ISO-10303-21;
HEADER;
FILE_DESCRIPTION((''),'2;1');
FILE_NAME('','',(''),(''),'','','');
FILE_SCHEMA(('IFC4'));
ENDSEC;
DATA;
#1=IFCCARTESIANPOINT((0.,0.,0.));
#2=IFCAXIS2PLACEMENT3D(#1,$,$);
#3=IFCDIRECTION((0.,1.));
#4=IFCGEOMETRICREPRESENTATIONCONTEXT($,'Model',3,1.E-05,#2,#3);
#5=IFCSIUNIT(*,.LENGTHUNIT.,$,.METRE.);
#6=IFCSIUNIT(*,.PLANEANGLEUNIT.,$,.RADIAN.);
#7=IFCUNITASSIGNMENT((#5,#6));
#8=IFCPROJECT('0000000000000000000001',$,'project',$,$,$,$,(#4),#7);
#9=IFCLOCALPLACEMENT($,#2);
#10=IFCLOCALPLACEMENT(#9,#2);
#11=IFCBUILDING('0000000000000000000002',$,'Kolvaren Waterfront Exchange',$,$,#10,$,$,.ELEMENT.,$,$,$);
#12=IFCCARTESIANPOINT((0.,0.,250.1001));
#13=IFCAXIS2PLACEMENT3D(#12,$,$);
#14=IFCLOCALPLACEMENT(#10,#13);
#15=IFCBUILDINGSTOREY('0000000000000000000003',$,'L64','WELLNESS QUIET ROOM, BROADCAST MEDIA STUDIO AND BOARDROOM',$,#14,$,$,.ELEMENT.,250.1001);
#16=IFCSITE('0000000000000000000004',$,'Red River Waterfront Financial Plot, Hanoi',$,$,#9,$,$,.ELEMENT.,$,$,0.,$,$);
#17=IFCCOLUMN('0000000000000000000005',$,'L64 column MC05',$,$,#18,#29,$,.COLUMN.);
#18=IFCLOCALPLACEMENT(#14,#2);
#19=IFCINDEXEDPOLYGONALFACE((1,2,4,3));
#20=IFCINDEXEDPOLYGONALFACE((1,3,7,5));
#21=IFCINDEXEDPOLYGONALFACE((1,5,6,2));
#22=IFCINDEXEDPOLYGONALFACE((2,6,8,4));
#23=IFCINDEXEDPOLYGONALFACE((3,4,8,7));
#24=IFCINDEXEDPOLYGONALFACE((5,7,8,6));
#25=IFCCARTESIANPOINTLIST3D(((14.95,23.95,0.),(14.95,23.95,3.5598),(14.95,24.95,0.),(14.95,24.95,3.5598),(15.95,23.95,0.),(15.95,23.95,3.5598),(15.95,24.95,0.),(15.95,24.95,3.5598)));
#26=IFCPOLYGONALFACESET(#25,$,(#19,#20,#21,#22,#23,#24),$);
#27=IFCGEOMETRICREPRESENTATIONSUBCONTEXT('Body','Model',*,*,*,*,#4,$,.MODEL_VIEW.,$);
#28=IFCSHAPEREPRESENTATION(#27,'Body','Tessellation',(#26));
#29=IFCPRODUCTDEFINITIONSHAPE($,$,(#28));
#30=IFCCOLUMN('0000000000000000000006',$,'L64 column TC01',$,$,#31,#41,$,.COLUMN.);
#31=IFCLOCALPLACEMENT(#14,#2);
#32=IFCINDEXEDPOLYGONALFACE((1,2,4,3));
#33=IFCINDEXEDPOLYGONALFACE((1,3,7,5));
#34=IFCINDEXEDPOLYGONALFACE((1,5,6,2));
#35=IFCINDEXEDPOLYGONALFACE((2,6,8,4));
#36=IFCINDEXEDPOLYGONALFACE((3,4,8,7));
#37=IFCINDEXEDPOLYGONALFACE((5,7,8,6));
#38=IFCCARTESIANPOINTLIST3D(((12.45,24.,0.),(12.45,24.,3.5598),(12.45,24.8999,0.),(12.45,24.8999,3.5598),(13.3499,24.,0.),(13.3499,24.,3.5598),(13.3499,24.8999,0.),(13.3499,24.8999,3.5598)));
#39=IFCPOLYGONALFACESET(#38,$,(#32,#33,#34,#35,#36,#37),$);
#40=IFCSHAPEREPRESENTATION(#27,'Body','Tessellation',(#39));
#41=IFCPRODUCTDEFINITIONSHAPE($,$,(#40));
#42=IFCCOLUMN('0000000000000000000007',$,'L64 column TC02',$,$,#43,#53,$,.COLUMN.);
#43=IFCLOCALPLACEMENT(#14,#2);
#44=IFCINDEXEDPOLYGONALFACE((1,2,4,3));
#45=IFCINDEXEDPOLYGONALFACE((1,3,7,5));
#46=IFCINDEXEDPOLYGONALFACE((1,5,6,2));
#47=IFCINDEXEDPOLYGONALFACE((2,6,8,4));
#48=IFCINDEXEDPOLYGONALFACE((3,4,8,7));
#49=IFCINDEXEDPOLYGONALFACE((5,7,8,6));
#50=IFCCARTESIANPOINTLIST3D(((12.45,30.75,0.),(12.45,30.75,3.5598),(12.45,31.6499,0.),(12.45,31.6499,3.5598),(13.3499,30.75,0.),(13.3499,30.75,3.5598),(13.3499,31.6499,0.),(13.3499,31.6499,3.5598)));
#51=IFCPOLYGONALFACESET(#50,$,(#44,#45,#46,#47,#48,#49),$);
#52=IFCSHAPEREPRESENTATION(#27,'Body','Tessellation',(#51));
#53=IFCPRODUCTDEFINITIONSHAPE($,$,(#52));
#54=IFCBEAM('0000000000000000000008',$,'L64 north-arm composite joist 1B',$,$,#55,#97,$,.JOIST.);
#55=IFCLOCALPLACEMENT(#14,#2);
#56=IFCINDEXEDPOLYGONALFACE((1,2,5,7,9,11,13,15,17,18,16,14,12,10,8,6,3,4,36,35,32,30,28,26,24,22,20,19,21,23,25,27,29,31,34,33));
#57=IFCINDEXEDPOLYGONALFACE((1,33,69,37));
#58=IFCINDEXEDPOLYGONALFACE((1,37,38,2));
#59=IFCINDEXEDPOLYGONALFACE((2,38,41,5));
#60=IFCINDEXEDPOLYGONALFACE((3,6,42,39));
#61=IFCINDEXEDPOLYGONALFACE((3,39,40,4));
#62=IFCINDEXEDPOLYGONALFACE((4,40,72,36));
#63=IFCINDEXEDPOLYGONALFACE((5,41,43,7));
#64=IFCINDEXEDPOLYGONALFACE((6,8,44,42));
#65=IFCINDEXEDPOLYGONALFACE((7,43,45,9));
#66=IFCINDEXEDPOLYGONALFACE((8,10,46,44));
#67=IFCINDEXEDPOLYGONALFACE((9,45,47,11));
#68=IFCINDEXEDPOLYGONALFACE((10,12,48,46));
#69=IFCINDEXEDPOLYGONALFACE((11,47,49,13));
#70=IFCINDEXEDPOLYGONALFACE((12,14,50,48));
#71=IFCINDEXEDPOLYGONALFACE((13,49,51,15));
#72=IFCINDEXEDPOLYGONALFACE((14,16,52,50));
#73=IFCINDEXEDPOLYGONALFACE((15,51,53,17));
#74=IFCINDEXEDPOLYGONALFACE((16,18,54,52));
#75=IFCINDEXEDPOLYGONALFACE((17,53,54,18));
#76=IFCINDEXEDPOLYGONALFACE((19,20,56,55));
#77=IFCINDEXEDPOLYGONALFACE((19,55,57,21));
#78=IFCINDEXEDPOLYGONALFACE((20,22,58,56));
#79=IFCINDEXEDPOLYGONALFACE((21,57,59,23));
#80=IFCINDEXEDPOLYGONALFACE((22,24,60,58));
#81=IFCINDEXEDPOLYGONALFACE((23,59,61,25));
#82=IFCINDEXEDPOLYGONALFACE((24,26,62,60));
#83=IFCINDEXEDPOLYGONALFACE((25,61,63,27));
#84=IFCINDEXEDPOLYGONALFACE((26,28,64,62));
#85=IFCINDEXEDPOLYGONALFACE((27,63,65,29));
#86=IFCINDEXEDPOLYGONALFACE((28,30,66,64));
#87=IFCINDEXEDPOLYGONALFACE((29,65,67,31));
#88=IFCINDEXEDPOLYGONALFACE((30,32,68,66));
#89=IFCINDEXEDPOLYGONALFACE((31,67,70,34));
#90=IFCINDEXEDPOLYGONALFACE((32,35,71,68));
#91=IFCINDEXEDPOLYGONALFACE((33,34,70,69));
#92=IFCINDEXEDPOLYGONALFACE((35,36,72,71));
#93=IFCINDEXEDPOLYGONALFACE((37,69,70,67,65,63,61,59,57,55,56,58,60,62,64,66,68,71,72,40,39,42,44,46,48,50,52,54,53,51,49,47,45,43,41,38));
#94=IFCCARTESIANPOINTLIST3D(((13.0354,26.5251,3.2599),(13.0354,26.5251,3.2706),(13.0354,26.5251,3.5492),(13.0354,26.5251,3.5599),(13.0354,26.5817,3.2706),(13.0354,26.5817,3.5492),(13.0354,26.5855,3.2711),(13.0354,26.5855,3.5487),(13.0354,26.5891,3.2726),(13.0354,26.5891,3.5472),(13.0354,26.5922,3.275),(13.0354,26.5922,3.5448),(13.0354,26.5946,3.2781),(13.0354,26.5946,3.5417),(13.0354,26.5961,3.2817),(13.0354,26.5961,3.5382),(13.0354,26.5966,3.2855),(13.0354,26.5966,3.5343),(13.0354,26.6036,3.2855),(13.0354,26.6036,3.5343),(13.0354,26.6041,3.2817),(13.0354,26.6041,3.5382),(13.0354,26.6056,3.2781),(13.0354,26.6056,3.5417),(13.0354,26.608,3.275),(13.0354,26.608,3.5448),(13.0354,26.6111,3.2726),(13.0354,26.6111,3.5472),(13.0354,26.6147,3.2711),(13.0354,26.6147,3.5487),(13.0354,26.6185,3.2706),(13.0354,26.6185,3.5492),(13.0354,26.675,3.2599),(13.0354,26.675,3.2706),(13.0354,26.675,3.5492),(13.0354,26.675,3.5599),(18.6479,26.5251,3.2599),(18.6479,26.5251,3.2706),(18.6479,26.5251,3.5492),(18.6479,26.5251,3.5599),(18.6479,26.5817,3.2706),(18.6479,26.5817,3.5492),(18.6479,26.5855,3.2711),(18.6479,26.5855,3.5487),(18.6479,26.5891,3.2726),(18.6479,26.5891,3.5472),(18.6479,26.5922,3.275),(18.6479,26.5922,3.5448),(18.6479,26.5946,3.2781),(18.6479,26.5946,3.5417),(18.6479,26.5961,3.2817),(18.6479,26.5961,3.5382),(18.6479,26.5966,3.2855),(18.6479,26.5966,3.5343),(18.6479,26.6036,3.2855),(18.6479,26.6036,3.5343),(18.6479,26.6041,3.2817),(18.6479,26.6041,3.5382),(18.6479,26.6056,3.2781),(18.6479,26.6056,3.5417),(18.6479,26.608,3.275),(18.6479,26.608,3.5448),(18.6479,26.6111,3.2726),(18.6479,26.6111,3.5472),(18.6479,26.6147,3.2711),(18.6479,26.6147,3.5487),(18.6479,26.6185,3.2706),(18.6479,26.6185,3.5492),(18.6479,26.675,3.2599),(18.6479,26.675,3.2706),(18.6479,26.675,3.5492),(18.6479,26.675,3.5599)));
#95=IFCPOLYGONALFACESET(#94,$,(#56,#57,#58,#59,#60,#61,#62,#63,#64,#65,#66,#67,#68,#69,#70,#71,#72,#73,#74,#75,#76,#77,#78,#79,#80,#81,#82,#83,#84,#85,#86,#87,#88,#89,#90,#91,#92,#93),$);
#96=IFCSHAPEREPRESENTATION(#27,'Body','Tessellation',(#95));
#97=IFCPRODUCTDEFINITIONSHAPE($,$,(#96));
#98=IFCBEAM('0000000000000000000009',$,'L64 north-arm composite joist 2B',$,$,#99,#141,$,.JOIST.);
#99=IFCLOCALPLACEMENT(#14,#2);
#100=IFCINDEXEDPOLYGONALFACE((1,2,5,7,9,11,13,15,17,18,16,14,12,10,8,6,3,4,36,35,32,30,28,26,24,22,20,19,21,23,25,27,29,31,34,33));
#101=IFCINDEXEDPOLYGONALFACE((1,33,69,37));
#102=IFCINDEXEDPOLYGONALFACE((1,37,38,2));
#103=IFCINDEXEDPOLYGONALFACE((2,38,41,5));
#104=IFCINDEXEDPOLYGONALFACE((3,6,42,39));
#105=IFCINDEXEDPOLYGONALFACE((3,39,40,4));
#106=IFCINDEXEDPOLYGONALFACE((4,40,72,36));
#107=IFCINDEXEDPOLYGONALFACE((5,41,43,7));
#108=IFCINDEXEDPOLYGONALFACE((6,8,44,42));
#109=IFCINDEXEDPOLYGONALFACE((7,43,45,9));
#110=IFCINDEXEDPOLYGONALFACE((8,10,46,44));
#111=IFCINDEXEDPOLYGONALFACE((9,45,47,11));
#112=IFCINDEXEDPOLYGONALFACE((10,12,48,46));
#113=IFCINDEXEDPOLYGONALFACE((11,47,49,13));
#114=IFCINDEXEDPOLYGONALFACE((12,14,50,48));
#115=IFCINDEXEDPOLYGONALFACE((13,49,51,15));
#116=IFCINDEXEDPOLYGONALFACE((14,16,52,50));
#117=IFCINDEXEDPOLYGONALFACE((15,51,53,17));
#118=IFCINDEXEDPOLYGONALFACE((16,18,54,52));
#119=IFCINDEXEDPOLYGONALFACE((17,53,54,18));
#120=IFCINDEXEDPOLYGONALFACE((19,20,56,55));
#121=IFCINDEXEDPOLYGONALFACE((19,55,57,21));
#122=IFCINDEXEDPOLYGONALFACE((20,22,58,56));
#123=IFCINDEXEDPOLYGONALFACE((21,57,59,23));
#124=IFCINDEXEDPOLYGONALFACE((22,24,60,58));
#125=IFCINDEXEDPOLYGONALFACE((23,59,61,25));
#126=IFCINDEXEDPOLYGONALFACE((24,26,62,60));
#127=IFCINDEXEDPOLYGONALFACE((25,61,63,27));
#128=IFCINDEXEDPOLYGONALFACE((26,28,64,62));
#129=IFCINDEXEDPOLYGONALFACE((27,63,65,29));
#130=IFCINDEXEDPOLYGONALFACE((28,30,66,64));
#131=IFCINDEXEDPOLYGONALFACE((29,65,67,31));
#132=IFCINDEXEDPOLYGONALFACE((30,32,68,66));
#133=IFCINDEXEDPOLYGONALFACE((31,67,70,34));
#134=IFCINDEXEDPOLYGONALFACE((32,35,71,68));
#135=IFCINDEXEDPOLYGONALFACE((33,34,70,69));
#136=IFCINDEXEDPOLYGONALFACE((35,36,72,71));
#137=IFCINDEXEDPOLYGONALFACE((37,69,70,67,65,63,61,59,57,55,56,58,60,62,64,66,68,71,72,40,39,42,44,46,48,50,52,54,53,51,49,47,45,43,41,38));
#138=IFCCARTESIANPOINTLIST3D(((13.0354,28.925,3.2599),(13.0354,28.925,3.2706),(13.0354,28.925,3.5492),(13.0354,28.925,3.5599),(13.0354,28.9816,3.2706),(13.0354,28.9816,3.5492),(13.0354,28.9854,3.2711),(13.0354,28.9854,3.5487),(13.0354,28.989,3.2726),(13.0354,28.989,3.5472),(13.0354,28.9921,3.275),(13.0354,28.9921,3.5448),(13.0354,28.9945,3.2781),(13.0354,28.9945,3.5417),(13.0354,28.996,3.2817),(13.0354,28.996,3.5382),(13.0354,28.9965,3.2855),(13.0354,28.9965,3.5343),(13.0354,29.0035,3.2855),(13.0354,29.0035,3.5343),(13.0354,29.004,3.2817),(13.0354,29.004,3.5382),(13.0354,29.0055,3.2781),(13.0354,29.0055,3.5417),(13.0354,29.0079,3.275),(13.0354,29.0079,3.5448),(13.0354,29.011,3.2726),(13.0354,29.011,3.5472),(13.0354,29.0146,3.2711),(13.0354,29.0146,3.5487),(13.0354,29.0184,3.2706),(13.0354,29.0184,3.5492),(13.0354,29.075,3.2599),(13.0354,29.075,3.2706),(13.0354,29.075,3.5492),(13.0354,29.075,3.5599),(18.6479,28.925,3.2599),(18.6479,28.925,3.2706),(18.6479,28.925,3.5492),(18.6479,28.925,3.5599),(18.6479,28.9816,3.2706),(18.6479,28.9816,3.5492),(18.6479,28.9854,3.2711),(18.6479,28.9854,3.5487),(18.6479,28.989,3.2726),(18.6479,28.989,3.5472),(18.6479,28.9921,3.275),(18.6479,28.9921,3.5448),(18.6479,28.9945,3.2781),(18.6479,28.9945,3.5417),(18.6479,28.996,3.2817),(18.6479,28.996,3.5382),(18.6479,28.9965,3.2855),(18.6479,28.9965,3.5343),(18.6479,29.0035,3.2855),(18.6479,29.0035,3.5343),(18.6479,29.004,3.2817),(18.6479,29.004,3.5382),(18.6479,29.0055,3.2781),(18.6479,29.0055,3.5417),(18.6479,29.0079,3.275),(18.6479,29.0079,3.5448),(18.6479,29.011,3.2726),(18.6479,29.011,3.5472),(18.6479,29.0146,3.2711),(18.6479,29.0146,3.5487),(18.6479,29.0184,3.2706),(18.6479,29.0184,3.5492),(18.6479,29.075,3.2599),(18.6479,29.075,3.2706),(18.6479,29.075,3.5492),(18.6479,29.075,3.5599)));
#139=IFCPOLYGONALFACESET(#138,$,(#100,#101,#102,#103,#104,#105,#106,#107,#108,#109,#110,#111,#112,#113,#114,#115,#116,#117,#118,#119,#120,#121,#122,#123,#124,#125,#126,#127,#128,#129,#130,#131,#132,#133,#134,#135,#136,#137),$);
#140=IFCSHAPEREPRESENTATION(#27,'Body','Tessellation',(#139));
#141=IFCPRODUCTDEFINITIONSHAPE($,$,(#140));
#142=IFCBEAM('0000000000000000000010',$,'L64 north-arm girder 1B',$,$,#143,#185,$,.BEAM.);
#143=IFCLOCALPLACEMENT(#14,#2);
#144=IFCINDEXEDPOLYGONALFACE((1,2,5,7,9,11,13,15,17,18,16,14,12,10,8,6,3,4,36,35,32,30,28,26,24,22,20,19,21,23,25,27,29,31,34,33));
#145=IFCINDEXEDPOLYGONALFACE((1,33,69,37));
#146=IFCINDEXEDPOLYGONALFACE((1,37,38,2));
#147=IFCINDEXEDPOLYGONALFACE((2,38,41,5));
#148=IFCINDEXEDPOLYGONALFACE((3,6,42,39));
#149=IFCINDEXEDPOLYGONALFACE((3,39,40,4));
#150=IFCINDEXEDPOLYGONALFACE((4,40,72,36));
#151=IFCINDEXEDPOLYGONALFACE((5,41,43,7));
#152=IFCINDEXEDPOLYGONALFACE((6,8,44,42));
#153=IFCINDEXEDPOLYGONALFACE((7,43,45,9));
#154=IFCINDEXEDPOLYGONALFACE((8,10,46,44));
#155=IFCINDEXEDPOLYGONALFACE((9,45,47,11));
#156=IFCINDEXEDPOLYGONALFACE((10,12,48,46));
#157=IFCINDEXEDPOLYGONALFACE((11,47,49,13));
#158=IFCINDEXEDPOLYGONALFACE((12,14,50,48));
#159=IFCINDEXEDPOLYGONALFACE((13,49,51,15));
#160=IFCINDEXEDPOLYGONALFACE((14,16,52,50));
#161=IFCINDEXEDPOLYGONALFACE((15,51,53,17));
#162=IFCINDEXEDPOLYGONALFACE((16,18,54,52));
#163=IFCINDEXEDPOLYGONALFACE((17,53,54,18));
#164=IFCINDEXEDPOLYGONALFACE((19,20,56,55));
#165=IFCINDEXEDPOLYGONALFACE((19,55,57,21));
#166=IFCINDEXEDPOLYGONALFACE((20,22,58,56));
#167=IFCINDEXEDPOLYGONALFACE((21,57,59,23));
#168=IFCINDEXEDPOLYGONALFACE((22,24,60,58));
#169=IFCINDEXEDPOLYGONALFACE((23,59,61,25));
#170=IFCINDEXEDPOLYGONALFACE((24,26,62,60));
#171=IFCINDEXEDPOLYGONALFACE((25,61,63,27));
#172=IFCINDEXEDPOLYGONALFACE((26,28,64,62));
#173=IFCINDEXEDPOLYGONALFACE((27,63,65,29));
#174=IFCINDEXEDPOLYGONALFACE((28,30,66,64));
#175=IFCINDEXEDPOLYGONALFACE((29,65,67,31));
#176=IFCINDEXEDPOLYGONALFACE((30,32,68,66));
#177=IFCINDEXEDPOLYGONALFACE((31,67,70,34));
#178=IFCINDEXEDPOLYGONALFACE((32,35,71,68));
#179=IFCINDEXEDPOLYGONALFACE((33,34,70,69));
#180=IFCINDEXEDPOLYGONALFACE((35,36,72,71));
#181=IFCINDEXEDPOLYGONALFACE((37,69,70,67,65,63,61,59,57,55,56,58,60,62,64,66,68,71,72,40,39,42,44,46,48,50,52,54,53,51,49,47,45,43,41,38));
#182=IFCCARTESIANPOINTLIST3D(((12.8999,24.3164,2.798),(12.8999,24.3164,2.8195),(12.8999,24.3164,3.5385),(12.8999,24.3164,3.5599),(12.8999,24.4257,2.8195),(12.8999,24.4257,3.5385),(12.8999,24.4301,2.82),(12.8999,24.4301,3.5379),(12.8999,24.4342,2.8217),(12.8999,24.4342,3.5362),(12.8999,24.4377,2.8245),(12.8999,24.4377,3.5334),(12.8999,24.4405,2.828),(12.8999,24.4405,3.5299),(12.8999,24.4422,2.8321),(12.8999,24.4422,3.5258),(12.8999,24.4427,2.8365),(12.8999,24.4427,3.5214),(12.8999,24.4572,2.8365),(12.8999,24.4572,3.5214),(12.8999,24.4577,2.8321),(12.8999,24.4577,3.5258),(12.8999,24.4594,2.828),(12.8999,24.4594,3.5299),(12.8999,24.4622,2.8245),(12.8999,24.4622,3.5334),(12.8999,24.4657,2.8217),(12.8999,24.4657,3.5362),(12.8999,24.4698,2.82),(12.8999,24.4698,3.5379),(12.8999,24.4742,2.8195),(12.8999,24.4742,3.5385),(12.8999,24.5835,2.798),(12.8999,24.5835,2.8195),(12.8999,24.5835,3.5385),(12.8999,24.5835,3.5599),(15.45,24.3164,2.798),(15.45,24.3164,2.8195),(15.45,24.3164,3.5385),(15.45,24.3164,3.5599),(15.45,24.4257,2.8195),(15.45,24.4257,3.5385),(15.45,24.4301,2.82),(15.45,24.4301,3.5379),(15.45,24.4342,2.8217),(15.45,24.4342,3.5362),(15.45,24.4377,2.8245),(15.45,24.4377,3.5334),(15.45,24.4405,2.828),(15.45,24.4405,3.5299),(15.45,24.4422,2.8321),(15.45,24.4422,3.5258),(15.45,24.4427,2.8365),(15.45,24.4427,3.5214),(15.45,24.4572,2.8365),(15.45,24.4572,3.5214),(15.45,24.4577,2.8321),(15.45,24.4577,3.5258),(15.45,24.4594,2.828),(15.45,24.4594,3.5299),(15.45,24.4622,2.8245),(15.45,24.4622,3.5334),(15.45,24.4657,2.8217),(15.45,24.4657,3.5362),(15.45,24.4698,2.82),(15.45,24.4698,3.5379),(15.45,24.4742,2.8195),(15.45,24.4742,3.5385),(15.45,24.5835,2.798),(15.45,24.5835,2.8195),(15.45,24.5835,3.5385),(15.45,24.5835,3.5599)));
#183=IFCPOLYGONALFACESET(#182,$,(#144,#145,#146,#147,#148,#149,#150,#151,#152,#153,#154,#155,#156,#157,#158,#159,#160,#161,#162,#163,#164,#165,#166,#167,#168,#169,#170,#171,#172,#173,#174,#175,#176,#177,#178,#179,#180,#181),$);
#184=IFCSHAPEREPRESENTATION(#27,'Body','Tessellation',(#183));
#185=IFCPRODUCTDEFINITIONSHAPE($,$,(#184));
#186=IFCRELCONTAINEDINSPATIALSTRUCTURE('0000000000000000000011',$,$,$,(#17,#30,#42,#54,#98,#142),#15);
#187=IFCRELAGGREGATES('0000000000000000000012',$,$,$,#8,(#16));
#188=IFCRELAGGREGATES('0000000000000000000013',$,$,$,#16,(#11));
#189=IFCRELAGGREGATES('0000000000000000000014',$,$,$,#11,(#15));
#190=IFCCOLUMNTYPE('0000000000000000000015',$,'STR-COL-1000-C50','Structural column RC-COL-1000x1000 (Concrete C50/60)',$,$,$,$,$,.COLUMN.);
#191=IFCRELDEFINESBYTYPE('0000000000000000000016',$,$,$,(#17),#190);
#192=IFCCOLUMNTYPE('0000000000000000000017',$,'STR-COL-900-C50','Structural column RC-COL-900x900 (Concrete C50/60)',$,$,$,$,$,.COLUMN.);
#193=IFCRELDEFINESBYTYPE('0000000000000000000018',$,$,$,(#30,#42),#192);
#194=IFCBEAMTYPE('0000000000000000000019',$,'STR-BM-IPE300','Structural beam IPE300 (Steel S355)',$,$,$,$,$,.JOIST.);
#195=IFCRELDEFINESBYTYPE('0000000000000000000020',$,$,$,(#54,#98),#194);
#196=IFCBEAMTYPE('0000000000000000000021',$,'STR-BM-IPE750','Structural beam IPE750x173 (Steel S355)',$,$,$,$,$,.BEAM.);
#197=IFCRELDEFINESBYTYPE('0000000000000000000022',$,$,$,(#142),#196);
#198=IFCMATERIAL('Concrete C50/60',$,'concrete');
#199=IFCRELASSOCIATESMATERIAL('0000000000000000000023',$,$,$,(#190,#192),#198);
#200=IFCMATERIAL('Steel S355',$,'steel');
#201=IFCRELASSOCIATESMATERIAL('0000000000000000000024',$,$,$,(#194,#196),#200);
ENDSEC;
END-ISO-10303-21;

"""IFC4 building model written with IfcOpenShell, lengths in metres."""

from ifc_helpers import new_model, si_unit, direction, frame, origin, origin_2d, place, context, subcontext, project, spatial, rectangle, i_section, extrude, material, material_profile, profile_set, type_object, element, save


model = new_model("IFC4")

# Units and contexts
model_context = context("Model", 3, precision=1e-05, world=origin(), true_north=direction((0.0, 1.0)))
body_context = subcontext(model_context, "Body", "Model", "MODEL_VIEW")
ifc_project = project(units=[si_unit("LENGTHUNIT", "METRE"), si_unit("PLANEANGLEUNIT", "RADIAN")], contexts=[model_context])

# Site, building, storey
site_placement = place(None, origin())
site = spatial("IfcSite", under=ifc_project, at=site_placement, Name="Red River Waterfront Financial Plot, Hanoi", CompositionType="ELEMENT", RefElevation=0.0)
building_placement = place(site_placement, origin())
building = spatial("IfcBuilding", under=site, at=building_placement, Name="Kolvaren Waterfront Exchange", CompositionType="ELEMENT")
storey_placement = place(building_placement, frame((0.0, 0.0, 250.1001)))
storey = spatial("IfcBuildingStorey", under=building, at=storey_placement, Name="L64", Description="WELLNESS QUIET ROOM, BROADCAST MEDIA STUDIO AND BOARDROOM", CompositionType="ELEMENT", Elevation=250.1001)

# Columns
ifc_material_1 = material(Name="Concrete C50/60", Category="concrete")
ifc_material_profile_1 = material_profile(ifc_material_1, rectangle(XDim=1.0, YDim=1.0, at=origin_2d()), Name="RC-COL-1000x1000")
ifc_profile_set_1 = profile_set([ifc_material_profile_1], Name="Concrete C50/60")
column_type_1 = type_object("IfcColumnType", Name="STR-COL-1000-C50", Description="Structural column RC-COL-1000x1000 (Concrete C50/60)", PredefinedType="COLUMN", material=ifc_profile_set_1)
column_placement = place(storey_placement, frame((15.45, 24.45, 0.0), z_axis=(0.0, 0.0, 1.0), x_axis=(1.0, 0.0, 0.0)))
element("IfcColumn", 1, at=column_placement, inside=storey, type_object=column_type_1, Name="L64 column MC05", PredefinedType="COLUMN", context=body_context, shape_type="SweptSolid", body=[
    extrude(rectangle(XDim=1.0, YDim=1.0, at=origin_2d()), origin(), (0.0, 0.0, 1.0), 3.5598),
])
ifc_material_profile_2 = material_profile(ifc_material_1, rectangle(XDim=0.8999, YDim=0.8999, at=origin_2d()), Name="RC-COL-900x900")
ifc_profile_set_2 = profile_set([ifc_material_profile_2], Name="Concrete C50/60")
column_type_2 = type_object("IfcColumnType", Name="STR-COL-900-C50", Description="Structural column RC-COL-900x900 (Concrete C50/60)", PredefinedType="COLUMN", material=ifc_profile_set_2)
for number, where, z_axis, x_axis, name in (
    (2, (12.8999, 24.45, 0.0), (0.0, 0.0, 1.0), (1.0, 0.0, 0.0), "L64 column TC01"),
    (3, (12.8999, 31.2, 0.0), (0.0, 0.0, 1.0), (1.0, 0.0, 0.0), "L64 column TC02"),
):
    element("IfcColumn", number, at=place(storey_placement, frame(where, z_axis=z_axis, x_axis=x_axis)), inside=storey, type_object=column_type_2, Name=name, PredefinedType="COLUMN", context=body_context, shape_type="SweptSolid", body=[
        extrude(rectangle(XDim=0.8999, YDim=0.8999, at=origin_2d()), origin(), (0.0, 0.0, 1.0), 3.5598),
    ])

# Beams
ifc_material_2 = material(Name="Steel S355", Category="steel")
ifc_material_profile_3 = material_profile(ifc_material_2, i_section(OverallWidth=0.1499, OverallDepth=0.3, WebThickness=0.0071, FlangeThickness=0.0107, FilletRadius=0.0149, at=origin_2d()), Name="IPE300")
ifc_profile_set_3 = profile_set([ifc_material_profile_3], Name="Steel S355")
beam_type_1 = type_object("IfcBeamType", Name="STR-BM-IPE300", Description="Structural beam IPE300 (Steel S355)", PredefinedType="JOIST", material=ifc_profile_set_3)
for number, where, z_axis, x_axis, name in (
    (4, (13.0354, 26.6001, 3.4099), (1.0, 0.0, 0.0), (0.0, 1.0, 0.0), "L64 north-arm composite joist 1B"),
    (5, (13.0354, 29.0, 3.4099), (1.0, 0.0, 0.0), (0.0, 1.0, 0.0), "L64 north-arm composite joist 2B"),
):
    element("IfcBeam", number, at=place(storey_placement, frame(where, z_axis=z_axis, x_axis=x_axis)), inside=storey, type_object=beam_type_1, Name=name, PredefinedType="JOIST", context=body_context, shape_type="SweptSolid", body=[
        extrude(i_section(OverallWidth=0.1499, OverallDepth=0.3, WebThickness=0.0071, FlangeThickness=0.0107, FilletRadius=0.0149, at=origin_2d()), origin(), (0.0, 0.0, 1.0), 5.6125),
    ])
ifc_material_profile_4 = material_profile(ifc_material_2, i_section(OverallWidth=0.2671, OverallDepth=0.762, WebThickness=0.0144, FlangeThickness=0.0215, FilletRadius=0.0171, at=origin_2d()), Name="IPE750x173")
ifc_profile_set_4 = profile_set([ifc_material_profile_4], Name="Steel S355")
beam_type_2 = type_object("IfcBeamType", Name="STR-BM-IPE750", Description="Structural beam IPE750x173 (Steel S355)", PredefinedType="BEAM", material=ifc_profile_set_4)
beam_1_placement = place(storey_placement, frame((12.8999, 24.45, 3.179), z_axis=(1.0, 0.0, 0.0), x_axis=(0.0, 1.0, 0.0)))
element("IfcBeam", 6, at=beam_1_placement, inside=storey, type_object=beam_type_2, Name="L64 north-arm girder 1B", PredefinedType="BEAM", context=body_context, shape_type="SweptSolid", body=[
    extrude(i_section(OverallWidth=0.2671, OverallDepth=0.762, WebThickness=0.0144, FlangeThickness=0.0215, FilletRadius=0.0171, at=origin_2d()), origin(), (0.0, 0.0, 1.0), 2.55),
])

save(model, "model.ifc")
